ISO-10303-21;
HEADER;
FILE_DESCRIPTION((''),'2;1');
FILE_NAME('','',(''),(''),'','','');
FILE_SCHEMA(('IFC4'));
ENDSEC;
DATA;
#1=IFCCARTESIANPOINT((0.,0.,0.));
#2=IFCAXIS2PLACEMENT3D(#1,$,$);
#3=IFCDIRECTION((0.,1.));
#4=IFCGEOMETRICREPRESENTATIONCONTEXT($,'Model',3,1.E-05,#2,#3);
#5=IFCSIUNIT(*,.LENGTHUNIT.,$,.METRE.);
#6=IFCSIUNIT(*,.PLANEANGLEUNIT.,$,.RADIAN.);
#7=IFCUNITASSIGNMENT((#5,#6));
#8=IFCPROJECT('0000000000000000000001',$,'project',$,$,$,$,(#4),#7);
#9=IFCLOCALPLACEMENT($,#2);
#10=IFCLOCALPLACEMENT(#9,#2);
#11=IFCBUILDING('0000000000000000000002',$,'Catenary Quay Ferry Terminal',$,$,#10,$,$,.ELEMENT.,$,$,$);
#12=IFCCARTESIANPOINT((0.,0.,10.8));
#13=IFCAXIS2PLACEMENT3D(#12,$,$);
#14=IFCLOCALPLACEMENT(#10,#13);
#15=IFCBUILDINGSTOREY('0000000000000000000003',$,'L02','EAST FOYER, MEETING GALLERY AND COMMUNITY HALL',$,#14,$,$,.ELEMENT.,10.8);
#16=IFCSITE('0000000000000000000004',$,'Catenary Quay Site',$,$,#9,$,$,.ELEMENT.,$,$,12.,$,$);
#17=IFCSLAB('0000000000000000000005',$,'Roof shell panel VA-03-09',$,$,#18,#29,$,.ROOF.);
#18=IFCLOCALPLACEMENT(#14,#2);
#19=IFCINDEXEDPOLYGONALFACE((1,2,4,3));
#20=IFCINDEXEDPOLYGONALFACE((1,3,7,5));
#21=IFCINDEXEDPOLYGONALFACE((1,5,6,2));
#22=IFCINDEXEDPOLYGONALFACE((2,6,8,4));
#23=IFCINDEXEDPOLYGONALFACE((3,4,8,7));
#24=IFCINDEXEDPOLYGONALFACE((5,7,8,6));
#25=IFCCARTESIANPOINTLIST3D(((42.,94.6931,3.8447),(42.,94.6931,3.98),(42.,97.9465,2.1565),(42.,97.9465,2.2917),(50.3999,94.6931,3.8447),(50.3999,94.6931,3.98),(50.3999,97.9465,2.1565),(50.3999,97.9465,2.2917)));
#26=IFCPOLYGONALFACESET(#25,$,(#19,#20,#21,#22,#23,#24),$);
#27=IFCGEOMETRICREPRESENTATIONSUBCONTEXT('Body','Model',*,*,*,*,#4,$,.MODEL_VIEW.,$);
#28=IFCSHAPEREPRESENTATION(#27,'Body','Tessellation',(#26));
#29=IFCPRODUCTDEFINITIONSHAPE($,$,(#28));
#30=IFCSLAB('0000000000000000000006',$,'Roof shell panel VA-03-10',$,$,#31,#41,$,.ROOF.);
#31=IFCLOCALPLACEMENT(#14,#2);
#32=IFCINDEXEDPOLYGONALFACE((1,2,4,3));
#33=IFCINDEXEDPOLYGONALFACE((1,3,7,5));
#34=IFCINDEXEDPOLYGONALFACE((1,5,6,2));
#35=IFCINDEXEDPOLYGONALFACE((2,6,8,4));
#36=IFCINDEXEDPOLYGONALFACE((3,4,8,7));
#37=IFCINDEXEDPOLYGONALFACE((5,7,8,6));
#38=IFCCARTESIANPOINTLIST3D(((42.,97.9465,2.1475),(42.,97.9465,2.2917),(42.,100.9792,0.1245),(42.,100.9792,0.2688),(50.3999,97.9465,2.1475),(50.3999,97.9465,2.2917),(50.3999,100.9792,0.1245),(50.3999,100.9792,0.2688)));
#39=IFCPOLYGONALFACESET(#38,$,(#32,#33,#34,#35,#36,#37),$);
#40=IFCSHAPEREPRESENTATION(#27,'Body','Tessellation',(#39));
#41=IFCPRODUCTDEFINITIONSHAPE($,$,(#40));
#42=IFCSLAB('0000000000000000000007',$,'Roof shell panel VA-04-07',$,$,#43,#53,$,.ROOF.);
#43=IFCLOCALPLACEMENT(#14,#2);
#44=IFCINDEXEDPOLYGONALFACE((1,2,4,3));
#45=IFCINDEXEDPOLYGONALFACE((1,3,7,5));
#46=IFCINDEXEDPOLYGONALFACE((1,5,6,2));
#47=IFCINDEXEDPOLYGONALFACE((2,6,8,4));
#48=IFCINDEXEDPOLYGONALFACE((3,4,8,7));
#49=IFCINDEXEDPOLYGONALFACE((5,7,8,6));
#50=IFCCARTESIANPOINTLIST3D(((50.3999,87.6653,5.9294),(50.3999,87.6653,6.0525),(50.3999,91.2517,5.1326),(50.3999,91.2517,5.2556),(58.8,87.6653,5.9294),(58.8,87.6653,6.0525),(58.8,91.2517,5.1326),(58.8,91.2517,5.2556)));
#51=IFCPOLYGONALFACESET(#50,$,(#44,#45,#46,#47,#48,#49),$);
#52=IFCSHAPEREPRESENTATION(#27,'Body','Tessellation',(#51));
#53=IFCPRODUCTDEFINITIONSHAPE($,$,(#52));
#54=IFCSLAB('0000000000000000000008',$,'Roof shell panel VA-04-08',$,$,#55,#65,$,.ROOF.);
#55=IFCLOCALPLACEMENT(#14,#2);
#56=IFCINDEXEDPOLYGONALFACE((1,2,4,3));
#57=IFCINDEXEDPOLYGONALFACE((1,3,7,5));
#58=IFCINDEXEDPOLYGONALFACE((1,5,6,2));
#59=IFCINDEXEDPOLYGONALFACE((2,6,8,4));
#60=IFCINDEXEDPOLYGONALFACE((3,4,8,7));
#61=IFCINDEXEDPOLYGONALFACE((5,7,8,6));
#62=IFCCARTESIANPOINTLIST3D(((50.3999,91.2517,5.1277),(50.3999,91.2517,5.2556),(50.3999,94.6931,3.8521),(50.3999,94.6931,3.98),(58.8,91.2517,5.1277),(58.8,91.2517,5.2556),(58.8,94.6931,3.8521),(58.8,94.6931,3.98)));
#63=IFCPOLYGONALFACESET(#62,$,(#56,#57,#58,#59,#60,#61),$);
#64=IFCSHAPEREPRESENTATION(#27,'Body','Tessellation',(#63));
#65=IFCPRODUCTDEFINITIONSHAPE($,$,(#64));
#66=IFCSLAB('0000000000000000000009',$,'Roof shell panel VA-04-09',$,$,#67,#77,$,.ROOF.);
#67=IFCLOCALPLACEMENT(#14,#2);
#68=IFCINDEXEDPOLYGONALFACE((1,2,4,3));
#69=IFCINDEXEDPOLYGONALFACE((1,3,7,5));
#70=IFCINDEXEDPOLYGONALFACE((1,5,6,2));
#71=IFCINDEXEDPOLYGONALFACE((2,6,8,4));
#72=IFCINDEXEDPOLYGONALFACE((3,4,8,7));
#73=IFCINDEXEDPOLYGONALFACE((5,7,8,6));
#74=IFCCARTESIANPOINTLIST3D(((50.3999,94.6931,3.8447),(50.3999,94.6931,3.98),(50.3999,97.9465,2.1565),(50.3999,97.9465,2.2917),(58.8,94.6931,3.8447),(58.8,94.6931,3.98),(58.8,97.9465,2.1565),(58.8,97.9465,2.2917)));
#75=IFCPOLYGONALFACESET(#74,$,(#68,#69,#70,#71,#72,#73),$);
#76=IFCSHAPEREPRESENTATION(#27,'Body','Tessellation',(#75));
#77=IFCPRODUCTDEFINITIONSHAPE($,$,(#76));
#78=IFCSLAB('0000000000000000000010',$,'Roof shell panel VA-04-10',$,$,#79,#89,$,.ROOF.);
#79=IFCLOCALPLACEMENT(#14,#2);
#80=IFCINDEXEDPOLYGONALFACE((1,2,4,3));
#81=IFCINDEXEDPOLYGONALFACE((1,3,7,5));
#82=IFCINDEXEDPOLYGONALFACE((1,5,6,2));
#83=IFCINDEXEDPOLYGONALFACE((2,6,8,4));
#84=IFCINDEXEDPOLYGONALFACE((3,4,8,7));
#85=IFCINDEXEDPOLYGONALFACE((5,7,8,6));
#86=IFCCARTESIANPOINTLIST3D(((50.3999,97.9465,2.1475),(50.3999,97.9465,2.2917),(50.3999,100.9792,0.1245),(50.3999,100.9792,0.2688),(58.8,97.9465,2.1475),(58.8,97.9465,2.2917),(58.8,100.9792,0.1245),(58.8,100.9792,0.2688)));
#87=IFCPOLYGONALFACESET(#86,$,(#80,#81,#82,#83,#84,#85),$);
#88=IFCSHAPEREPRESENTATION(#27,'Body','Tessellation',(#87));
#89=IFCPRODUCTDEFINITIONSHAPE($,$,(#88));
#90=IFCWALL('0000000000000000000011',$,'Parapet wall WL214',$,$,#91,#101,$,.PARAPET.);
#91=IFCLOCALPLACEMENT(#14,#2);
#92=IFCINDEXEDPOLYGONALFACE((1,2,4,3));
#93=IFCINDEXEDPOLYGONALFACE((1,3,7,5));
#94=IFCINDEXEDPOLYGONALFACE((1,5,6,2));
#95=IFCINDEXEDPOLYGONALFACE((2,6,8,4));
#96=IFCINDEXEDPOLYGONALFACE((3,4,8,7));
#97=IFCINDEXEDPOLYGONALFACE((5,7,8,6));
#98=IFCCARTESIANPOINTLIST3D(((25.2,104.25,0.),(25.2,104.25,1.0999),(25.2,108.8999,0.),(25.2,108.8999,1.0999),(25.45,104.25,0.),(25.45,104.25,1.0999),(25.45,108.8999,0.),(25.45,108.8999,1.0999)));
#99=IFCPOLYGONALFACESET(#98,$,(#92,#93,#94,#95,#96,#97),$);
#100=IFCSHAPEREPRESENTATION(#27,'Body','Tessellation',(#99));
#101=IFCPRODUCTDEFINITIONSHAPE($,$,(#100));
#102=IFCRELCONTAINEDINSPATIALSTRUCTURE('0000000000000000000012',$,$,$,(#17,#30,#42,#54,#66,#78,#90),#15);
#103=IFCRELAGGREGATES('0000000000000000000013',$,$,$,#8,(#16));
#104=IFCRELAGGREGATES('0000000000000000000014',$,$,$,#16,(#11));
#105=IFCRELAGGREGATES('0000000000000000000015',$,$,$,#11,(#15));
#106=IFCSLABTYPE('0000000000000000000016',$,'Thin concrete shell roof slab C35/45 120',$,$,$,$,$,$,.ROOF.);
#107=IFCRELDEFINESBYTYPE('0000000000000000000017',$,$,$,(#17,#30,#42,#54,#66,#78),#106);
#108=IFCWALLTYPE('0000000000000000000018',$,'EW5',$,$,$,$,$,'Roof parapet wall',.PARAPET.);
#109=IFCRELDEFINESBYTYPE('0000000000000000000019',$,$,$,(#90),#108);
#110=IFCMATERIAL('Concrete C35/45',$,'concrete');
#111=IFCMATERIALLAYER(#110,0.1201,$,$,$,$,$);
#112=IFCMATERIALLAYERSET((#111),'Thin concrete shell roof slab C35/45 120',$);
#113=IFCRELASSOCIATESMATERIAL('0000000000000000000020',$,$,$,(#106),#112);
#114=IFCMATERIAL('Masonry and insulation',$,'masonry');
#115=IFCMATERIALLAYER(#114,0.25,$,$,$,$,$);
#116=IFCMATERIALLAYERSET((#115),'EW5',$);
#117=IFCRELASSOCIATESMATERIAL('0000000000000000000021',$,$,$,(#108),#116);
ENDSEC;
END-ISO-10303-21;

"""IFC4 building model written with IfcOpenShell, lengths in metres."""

from ifc_helpers import new_model, si_unit, direction, frame, frame_2d, origin, place, context, subcontext, project, spatial, polyline, rectangle, outline, extrude, material, layer, layer_set, type_object, element, save


model = new_model("IFC4")

# Units and contexts
model_context = context("Model", 3, precision=1e-05, world=origin(), true_north=direction((0.0, 1.0)))
body_context = subcontext(model_context, "Body", "Model", "MODEL_VIEW")
ifc_project = project(units=[si_unit("LENGTHUNIT", "METRE"), si_unit("PLANEANGLEUNIT", "RADIAN")], contexts=[model_context])

# Site, building, storey
site_placement = place(None, origin())
site = spatial("IfcSite", under=ifc_project, at=site_placement, Name="Catenary Quay Site", CompositionType="ELEMENT", RefElevation=12.0)
building_placement = place(site_placement, origin())
building = spatial("IfcBuilding", under=site, at=building_placement, Name="Catenary Quay Ferry Terminal", CompositionType="ELEMENT")
storey_placement = place(building_placement, frame((0.0, 0.0, 10.8)))
storey = spatial("IfcBuildingStorey", under=building, at=storey_placement, Name="L02", Description="EAST FOYER, MEETING GALLERY AND COMMUNITY HALL", CompositionType="ELEMENT", Elevation=10.8)

# Slabs
ifc_material_1 = material(Name="Concrete C35/45", Category="concrete")
ifc_layer_1 = layer(ifc_material_1, 0.1201)
ifc_layer_set_1 = layer_set([ifc_layer_1], Name="Thin concrete shell roof slab C35/45 120")
slab_type = type_object("IfcSlabType", Name="Thin concrete shell roof slab C35/45 120", PredefinedType="ROOF", material=ifc_layer_set_1)
slab_1_placement = place(storey_placement, frame((42.0, 94.6931, 3.98), z_axis=(0.0, 0.460591, 0.887612), x_axis=(1.0, 0.0, 0.0)))
element("IfcSlab", 1, at=slab_1_placement, inside=storey, type_object=slab_type, Name="Roof shell panel VA-03-09", PredefinedType="ROOF", context=body_context, shape_type="SweptSolid", body=[
    extrude(outline(polyline([(0.0, 0.0), (8.3999, 0.0), (8.3999, 3.6654), (0.0, 3.6654), (0.0, 0.0)])), origin(), (0.0, 0.460591, -0.887612), 0.1353),
])
slab_2_placement = place(storey_placement, frame((42.0, 97.9465, 2.2917), z_axis=(0.0, 0.554917, 0.831906), x_axis=(1.0, 0.0, 0.0)))
element("IfcSlab", 2, at=slab_2_placement, inside=storey, type_object=slab_type, Name="Roof shell panel VA-03-10", PredefinedType="ROOF", context=body_context, shape_type="SweptSolid", body=[
    extrude(outline(polyline([(0.0, 0.0), (8.3999, 0.0), (8.3999, 3.6455), (0.0, 3.6455), (0.0, 0.0)])), origin(), (0.0, 0.554917, -0.831906), 0.1443),
])
slab_3_placement = place(storey_placement, frame((50.3999, 87.6653, 6.0525), z_axis=(0.0, 0.216902, 0.976193), x_axis=(1.0, 0.0, 0.0)))
element("IfcSlab", 3, at=slab_3_placement, inside=storey, type_object=slab_type, Name="Roof shell panel VA-04-07", PredefinedType="ROOF", context=body_context, shape_type="SweptSolid", body=[
    extrude(outline(polyline([(0.0, 0.0), (8.4001, 0.0), (8.4001, 3.6739), (0.0, 3.6739), (0.0, 0.0)])), origin(), (0.0, 0.216902, -0.976193), 0.123),
])
slab_4_placement = place(storey_placement, frame((50.3999, 91.2517, 5.2556), z_axis=(0.0, 0.347563, 0.937656), x_axis=(1.0, 0.0, 0.0)))
element("IfcSlab", 4, at=slab_4_placement, inside=storey, type_object=slab_type, Name="Roof shell panel VA-04-08", PredefinedType="ROOF", context=body_context, shape_type="SweptSolid", body=[
    extrude(outline(polyline([(0.0, 0.0), (8.4001, 0.0), (8.4001, 3.6702), (0.0, 3.6702), (0.0, 0.0)])), origin(), (0.0, 0.347563, -0.937656), 0.1279),
])
slab_5_placement = place(storey_placement, frame((50.3999, 94.6931, 3.98), z_axis=(0.0, 0.460591, 0.887612), x_axis=(1.0, 0.0, 0.0)))
element("IfcSlab", 5, at=slab_5_placement, inside=storey, type_object=slab_type, Name="Roof shell panel VA-04-09", PredefinedType="ROOF", context=body_context, shape_type="SweptSolid", body=[
    extrude(outline(polyline([(0.0, 0.0), (8.4001, 0.0), (8.4001, 3.6654), (0.0, 3.6654), (0.0, 0.0)])), origin(), (0.0, 0.460591, -0.887612), 0.1353),
])
slab_6_placement = place(storey_placement, frame((50.3999, 97.9465, 2.2917), z_axis=(0.0, 0.554917, 0.831906), x_axis=(1.0, 0.0, 0.0)))
element("IfcSlab", 6, at=slab_6_placement, inside=storey, type_object=slab_type, Name="Roof shell panel VA-04-10", PredefinedType="ROOF", context=body_context, shape_type="SweptSolid", body=[
    extrude(outline(polyline([(0.0, 0.0), (8.4001, 0.0), (8.4001, 3.6455), (0.0, 3.6455), (0.0, 0.0)])), origin(), (0.0, 0.554917, -0.831906), 0.1443),
])

# Wall
ifc_material_2 = material(Name="Masonry and insulation", Category="masonry")
ifc_layer_2 = layer(ifc_material_2, 0.25)
ifc_layer_set_2 = layer_set([ifc_layer_2], Name="EW5")
wall_type = type_object("IfcWallType", Name="EW5", ElementType="Roof parapet wall", PredefinedType="PARAPET", material=ifc_layer_set_2)
wall_placement = place(storey_placement, frame((25.325, 104.25, 0.0), z_axis=(0.0, 0.0, 1.0), x_axis=(0.0, 1.0, 0.0)))
element("IfcWall", 7, at=wall_placement, inside=storey, type_object=wall_type, Name="Parapet wall WL214", PredefinedType="PARAPET", context=body_context, shape_type="SweptSolid", body=[
    extrude(rectangle(XDim=4.6499, YDim=0.25, at=frame_2d((2.325, 0.0))), origin(), (0.0, 0.0, 1.0), 1.0999),
])

save(model, "model.ifc")
